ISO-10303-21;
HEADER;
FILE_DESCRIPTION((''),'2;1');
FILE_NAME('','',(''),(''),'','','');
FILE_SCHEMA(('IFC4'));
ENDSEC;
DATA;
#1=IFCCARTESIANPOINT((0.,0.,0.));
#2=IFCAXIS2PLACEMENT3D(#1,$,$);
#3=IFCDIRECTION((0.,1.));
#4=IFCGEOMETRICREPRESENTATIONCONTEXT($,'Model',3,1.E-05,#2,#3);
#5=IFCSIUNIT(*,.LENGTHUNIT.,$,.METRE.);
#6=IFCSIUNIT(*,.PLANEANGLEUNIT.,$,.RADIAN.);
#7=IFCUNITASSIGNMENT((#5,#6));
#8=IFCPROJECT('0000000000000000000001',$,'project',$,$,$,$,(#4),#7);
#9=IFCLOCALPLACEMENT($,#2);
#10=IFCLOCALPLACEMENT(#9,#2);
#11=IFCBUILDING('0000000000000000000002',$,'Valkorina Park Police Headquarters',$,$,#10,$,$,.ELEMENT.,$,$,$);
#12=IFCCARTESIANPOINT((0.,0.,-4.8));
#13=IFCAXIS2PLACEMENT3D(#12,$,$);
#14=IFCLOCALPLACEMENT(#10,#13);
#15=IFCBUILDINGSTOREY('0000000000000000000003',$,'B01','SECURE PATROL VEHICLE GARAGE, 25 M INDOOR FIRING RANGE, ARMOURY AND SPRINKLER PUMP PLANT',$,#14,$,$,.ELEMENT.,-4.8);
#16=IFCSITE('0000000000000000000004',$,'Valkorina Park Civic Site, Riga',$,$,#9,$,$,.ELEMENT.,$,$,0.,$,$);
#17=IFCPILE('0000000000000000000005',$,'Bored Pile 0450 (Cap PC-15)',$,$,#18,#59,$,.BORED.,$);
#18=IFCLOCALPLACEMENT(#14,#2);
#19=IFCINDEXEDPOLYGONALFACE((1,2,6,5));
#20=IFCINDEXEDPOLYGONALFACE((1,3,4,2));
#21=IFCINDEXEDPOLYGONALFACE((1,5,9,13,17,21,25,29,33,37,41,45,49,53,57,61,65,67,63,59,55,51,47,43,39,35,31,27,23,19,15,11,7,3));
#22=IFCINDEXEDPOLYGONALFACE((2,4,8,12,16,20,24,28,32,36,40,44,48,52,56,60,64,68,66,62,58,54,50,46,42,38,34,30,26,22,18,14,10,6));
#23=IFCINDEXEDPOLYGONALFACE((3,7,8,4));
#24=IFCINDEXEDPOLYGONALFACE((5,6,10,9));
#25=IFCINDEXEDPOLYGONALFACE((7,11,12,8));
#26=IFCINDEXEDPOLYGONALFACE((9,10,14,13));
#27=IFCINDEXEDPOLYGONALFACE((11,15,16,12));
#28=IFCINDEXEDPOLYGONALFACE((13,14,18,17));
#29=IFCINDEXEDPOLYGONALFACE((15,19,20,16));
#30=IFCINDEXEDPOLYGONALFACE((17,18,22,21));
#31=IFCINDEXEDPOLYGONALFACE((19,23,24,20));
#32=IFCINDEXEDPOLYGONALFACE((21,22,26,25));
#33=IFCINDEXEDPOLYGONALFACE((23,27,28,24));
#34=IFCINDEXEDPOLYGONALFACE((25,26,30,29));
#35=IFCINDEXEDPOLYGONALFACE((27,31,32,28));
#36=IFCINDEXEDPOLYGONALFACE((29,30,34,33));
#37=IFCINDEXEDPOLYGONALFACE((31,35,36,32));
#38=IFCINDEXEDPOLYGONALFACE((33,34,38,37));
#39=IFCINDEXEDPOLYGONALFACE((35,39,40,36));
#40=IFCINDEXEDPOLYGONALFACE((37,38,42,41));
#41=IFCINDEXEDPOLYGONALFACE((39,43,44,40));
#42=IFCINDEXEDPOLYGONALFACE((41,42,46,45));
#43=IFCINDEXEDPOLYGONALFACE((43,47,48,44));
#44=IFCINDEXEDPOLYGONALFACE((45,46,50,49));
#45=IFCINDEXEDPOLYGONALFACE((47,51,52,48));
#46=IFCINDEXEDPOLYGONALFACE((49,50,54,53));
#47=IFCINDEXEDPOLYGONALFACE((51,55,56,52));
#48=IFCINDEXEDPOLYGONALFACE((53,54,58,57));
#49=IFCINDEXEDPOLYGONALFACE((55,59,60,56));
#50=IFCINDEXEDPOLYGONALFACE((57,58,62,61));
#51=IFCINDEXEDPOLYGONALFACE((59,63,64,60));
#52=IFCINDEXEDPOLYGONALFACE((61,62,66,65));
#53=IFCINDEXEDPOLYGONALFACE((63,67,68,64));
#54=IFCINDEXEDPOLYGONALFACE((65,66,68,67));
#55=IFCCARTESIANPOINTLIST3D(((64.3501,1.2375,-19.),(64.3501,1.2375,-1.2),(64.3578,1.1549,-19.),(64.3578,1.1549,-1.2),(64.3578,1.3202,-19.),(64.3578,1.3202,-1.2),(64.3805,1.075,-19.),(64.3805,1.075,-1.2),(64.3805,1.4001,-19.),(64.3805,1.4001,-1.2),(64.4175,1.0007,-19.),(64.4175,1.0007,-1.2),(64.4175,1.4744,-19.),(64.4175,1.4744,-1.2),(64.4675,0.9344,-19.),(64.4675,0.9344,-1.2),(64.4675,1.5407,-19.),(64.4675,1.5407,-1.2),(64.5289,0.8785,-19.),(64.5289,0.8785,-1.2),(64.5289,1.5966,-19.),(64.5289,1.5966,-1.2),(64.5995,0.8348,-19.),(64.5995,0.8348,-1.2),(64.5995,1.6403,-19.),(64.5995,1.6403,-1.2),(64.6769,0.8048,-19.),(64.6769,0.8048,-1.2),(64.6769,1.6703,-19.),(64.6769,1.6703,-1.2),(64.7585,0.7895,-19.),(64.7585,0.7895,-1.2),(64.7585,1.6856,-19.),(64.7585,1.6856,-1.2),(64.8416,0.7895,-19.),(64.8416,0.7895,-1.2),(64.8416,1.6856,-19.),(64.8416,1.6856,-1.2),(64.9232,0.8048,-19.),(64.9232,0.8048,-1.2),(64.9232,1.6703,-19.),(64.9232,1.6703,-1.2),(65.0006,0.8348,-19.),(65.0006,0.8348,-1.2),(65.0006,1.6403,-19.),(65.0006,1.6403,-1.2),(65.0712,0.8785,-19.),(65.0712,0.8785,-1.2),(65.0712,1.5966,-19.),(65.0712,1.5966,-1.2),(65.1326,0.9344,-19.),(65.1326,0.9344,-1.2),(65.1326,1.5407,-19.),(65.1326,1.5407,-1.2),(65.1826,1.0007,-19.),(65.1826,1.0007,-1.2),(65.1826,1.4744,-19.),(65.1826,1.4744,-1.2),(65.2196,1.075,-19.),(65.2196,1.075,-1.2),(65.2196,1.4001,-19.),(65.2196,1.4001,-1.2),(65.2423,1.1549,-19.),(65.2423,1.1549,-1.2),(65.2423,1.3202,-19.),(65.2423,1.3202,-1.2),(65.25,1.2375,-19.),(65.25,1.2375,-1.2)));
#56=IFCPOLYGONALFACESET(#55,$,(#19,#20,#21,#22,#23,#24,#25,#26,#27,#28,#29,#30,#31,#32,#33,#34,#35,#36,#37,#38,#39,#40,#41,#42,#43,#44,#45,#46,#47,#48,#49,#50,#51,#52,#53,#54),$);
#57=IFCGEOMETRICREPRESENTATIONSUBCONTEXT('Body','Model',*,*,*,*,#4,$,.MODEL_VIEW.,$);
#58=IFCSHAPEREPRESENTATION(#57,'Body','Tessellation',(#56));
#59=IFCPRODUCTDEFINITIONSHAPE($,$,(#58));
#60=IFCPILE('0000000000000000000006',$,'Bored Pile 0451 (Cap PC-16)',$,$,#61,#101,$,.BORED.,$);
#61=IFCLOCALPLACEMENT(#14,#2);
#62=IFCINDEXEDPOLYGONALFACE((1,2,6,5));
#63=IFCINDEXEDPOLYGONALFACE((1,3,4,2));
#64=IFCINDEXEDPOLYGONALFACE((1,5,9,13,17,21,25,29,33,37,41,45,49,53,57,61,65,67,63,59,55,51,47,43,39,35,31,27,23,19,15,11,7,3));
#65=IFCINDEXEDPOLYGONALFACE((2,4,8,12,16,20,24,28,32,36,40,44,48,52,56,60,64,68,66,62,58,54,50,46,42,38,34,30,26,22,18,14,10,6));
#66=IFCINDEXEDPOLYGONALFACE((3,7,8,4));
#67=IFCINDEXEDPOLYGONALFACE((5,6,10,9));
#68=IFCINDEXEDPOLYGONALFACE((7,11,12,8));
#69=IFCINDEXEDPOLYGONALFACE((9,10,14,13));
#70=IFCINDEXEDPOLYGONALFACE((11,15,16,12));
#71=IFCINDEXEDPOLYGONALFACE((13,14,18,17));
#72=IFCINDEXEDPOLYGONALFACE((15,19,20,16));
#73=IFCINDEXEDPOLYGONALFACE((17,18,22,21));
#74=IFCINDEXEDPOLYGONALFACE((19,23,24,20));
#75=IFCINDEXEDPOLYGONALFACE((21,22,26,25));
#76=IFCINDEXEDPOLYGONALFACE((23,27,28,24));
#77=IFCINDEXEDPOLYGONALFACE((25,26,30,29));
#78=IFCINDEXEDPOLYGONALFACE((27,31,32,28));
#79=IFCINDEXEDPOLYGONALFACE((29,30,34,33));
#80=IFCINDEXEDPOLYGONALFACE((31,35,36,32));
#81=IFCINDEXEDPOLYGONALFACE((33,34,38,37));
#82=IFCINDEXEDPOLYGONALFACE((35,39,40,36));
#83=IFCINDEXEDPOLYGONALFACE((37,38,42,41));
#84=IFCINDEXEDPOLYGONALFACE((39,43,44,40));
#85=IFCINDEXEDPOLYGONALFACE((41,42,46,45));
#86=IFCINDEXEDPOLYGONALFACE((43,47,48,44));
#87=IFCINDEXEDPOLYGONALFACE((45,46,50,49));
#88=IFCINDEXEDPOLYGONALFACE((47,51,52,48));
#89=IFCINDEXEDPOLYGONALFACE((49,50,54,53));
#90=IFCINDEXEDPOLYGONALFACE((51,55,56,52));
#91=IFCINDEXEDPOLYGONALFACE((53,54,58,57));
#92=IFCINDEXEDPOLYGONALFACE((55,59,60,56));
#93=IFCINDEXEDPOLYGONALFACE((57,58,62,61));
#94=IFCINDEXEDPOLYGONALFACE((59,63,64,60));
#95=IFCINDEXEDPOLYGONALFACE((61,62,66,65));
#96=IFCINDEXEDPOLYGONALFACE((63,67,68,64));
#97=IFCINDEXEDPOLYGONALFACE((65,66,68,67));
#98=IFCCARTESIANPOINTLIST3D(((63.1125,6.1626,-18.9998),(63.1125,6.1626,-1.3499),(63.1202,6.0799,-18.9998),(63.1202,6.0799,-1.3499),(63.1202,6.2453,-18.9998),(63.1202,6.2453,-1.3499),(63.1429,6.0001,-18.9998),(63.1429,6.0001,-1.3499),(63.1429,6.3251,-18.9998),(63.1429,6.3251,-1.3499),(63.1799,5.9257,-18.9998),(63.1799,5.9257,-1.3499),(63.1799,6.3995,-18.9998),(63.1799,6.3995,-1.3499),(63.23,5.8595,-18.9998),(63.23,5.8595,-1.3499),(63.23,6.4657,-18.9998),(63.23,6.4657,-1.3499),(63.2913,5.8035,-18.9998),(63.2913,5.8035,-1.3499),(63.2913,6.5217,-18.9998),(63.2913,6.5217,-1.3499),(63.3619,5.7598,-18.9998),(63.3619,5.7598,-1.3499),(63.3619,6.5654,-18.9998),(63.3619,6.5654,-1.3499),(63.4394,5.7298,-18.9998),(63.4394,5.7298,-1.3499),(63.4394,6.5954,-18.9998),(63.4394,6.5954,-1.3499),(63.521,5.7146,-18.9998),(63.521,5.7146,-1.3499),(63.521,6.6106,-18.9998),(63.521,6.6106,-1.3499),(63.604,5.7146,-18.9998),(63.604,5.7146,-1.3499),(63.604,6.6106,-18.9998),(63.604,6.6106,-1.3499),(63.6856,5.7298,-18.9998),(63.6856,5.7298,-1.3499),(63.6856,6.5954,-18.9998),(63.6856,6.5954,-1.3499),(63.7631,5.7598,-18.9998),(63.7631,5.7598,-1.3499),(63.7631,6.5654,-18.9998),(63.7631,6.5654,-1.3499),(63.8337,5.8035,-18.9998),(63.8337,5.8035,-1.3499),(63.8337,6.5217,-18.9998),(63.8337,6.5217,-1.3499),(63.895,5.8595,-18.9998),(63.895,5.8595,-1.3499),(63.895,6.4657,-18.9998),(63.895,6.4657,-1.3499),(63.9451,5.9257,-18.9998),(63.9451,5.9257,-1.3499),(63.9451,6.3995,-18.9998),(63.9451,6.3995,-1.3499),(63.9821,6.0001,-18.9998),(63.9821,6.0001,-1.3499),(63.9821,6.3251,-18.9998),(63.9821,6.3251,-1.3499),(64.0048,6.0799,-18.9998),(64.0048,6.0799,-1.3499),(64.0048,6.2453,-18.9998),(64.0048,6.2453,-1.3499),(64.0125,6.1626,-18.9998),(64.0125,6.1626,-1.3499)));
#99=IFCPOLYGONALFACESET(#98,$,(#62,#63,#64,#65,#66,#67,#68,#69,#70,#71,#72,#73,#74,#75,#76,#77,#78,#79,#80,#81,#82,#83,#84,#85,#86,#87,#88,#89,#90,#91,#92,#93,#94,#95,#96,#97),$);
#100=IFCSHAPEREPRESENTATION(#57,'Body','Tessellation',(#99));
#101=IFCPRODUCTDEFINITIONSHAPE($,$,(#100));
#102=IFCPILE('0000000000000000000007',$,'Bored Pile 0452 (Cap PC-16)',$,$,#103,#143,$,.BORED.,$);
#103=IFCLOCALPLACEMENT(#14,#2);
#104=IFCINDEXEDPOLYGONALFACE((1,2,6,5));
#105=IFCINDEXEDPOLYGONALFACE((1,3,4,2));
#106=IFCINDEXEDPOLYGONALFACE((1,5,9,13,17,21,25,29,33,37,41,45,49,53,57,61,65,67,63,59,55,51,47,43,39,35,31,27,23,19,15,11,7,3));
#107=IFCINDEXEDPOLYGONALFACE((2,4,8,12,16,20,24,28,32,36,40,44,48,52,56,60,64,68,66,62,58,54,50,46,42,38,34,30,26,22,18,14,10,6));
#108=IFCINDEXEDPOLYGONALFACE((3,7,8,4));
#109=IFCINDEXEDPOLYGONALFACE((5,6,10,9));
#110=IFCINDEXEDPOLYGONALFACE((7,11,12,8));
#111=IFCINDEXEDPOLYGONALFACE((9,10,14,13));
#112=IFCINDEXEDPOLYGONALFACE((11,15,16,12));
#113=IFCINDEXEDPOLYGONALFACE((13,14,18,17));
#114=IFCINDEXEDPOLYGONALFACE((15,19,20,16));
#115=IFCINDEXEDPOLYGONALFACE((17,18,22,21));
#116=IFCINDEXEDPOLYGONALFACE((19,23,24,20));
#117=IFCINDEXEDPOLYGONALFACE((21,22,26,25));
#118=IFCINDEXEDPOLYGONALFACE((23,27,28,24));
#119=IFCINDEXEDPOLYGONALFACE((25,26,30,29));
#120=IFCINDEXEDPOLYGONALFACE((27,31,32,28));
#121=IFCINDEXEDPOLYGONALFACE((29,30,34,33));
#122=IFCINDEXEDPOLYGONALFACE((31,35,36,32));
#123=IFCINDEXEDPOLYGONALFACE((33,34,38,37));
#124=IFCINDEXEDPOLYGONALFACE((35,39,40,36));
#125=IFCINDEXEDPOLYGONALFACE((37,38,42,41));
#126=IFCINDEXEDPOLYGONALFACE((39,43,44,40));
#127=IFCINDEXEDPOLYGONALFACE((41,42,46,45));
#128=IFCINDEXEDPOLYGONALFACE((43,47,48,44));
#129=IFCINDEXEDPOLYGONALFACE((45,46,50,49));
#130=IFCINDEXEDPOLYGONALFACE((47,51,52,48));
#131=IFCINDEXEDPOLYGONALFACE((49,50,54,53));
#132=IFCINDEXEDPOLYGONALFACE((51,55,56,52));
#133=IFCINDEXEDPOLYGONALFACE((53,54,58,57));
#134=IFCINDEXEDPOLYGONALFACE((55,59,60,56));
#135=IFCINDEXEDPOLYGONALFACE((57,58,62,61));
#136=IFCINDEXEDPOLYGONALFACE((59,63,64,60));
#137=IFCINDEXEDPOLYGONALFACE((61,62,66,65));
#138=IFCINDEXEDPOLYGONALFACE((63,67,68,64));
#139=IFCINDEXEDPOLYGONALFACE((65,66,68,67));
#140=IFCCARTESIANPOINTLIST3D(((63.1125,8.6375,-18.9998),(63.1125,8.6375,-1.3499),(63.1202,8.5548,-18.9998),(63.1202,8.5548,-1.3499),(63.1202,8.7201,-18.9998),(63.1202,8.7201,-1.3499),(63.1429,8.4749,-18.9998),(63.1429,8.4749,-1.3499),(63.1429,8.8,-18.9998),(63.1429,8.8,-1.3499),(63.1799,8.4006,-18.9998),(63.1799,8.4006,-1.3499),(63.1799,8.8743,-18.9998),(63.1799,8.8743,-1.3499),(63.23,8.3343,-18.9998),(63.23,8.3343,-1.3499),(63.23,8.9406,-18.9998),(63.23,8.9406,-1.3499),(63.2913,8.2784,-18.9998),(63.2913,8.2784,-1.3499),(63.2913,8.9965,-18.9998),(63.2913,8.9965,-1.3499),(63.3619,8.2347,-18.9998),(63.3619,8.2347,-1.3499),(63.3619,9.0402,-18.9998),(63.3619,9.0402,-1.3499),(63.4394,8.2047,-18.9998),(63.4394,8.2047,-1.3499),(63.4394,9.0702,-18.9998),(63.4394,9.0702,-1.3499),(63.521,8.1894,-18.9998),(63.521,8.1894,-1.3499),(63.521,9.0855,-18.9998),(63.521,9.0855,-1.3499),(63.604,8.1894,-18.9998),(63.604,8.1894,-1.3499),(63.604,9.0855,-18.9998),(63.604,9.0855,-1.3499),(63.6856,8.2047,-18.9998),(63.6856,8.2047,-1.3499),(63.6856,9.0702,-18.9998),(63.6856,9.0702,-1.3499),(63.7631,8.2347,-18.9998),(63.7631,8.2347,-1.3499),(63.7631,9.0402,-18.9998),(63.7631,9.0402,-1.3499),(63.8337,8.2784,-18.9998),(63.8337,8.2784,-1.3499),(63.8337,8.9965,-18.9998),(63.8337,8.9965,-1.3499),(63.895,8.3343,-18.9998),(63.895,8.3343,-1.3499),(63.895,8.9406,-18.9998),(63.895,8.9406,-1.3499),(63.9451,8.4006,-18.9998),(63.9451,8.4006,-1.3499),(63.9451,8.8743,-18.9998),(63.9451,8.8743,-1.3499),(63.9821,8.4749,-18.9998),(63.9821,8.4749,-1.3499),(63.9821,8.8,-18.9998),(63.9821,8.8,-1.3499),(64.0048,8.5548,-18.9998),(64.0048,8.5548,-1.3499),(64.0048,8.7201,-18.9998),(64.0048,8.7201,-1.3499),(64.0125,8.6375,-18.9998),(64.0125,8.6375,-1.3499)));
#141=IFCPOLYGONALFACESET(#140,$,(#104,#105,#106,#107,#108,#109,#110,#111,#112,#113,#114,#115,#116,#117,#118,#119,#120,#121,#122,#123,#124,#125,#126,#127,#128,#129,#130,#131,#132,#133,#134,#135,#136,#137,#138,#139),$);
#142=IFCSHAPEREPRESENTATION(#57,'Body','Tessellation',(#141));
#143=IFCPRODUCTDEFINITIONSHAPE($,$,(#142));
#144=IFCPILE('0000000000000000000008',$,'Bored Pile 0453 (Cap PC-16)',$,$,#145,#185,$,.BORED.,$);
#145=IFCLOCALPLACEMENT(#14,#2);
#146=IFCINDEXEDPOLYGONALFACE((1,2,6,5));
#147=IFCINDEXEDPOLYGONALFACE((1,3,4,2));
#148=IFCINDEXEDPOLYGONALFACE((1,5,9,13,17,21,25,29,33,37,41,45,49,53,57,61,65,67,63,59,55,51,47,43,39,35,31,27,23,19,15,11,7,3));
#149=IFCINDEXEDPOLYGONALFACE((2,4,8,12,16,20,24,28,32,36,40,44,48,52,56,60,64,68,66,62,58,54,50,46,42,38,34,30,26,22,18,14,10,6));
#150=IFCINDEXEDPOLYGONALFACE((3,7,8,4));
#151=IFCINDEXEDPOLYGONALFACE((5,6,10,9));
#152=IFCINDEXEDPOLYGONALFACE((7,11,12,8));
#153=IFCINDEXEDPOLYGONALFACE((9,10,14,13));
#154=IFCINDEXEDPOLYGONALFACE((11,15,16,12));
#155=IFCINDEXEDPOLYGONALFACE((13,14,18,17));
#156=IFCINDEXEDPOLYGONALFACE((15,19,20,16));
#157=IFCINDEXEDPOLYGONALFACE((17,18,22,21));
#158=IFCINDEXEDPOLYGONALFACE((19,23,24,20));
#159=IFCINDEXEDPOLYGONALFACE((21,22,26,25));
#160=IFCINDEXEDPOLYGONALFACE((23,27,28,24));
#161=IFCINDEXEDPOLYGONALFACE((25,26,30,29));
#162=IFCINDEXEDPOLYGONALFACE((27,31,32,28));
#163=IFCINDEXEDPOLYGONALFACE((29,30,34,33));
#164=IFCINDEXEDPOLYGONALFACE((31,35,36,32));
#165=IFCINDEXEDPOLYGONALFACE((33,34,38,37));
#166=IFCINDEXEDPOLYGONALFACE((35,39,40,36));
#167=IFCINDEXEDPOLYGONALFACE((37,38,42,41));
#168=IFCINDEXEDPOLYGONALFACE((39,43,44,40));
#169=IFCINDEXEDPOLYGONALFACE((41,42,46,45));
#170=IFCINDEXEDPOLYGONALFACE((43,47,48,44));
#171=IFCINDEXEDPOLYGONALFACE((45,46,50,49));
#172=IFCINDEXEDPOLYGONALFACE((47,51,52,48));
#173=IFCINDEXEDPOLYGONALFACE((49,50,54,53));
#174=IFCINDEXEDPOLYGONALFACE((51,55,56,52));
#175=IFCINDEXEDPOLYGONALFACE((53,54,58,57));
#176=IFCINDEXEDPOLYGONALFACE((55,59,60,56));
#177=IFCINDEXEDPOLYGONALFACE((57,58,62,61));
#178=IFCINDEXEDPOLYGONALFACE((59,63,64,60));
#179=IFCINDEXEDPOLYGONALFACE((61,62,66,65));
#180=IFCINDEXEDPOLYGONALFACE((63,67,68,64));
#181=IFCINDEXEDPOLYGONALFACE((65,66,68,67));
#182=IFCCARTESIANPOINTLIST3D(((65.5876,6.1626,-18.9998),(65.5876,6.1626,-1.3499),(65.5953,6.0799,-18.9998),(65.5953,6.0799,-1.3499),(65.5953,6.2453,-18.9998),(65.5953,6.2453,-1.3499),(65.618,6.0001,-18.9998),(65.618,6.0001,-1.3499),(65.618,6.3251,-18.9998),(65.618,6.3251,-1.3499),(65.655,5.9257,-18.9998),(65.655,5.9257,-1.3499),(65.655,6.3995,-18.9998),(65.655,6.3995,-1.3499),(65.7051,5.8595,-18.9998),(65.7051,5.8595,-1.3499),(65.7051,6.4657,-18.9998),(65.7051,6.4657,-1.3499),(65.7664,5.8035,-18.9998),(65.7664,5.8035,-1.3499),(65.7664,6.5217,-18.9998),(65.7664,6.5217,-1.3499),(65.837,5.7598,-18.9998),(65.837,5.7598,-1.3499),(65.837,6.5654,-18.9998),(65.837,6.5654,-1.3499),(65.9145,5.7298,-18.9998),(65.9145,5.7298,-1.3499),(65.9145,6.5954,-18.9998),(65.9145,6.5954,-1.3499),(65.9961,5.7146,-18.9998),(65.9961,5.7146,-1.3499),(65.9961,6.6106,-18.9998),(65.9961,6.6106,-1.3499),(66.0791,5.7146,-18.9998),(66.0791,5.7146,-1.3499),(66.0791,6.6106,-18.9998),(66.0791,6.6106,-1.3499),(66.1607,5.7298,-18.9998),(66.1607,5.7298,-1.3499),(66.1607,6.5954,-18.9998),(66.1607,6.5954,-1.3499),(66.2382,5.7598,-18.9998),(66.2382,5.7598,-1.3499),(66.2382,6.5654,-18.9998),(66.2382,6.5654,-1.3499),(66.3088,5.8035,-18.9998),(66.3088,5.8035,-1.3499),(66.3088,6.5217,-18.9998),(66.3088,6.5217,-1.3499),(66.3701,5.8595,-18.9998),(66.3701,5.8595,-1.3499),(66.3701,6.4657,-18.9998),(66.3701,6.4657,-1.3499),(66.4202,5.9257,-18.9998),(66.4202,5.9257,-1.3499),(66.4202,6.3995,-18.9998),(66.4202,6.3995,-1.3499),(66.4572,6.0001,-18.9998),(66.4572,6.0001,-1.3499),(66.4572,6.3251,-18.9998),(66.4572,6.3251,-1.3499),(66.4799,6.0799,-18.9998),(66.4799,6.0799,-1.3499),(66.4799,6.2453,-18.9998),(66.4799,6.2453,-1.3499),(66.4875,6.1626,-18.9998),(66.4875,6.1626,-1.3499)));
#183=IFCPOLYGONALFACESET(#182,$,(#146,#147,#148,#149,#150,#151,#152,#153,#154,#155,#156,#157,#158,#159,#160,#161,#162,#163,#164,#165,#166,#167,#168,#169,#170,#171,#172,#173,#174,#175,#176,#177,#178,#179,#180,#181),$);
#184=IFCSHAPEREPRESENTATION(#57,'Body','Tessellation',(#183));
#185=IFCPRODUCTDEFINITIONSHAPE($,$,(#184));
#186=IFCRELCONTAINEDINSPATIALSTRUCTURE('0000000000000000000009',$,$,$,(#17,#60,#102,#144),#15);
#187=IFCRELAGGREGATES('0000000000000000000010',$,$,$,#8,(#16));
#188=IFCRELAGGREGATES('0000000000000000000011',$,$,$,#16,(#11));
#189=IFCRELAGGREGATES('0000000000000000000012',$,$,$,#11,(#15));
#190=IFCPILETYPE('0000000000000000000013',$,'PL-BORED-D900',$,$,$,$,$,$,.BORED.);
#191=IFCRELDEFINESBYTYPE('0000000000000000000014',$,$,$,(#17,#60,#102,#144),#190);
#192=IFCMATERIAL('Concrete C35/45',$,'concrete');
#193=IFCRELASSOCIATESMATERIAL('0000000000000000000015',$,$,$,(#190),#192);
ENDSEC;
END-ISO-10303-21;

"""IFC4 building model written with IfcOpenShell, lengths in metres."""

from ifc_helpers import new_model, si_unit, direction, frame, origin, origin_2d, place, context, subcontext, project, spatial, circle, extrude, material, material_profile, profile_set, type_object, element, save


model = new_model("IFC4")

# Units and contexts
model_context = context("Model", 3, precision=1e-05, world=origin(), true_north=direction((0.0, 1.0)))
body_context = subcontext(model_context, "Body", "Model", "MODEL_VIEW")
ifc_project = project(units=[si_unit("LENGTHUNIT", "METRE"), si_unit("PLANEANGLEUNIT", "RADIAN")], contexts=[model_context])

# Site, building, storey
site_placement = place(None, origin())
site = spatial("IfcSite", under=ifc_project, at=site_placement, Name="Valkorina Park Civic Site, Riga", CompositionType="ELEMENT", RefElevation=0.0)
building_placement = place(site_placement, origin())
building = spatial("IfcBuilding", under=site, at=building_placement, Name="Valkorina Park Police Headquarters", CompositionType="ELEMENT")
storey_placement = place(building_placement, frame((0.0, 0.0, -4.8)))
storey = spatial("IfcBuildingStorey", under=building, at=storey_placement, Name="B01", Description="SECURE PATROL VEHICLE GARAGE, 25 M INDOOR FIRING RANGE, ARMOURY AND SPRINKLER PUMP PLANT", CompositionType="ELEMENT", Elevation=-4.8)

# Piles
ifc_material_1 = material(Name="Concrete C35/45", Category="concrete")
ifc_material_profile_1 = material_profile(ifc_material_1, circle(Radius=0.45, at=origin_2d()), Name="BORED PILE D900")
ifc_profile_set_1 = profile_set([ifc_material_profile_1], Name="Concrete C35/45")
pile_type_1 = type_object("IfcPileType", Name="PL-BORED-D900", PredefinedType="BORED", material=ifc_profile_set_1)
for number, where, z_axis, x_axis, name in (
    (1, (64.8, 1.2375, -1.2), (0.0, 0.0, -1.0), (1.0, 0.0, 0.0), "Bored Pile 0450 (Cap PC-15)"),
):
    element("IfcPile", number, at=place(storey_placement, frame(where, z_axis=z_axis, x_axis=x_axis)), inside=storey, type_object=pile_type_1, Name=name, PredefinedType="BORED", context=body_context, shape_type="SweptSolid", body=[
        extrude(circle(Radius=0.45, at=origin_2d()), origin(), (0.0, 0.0, 1.0), 17.8),
    ])
for number, where, z_axis, x_axis, name in (
    (2, (63.5625, 6.1626, -1.3499), (0.0, 0.0, -1.0), (1.0, 0.0, 0.0), "Bored Pile 0451 (Cap PC-16)"),
    (3, (63.5625, 8.6375, -1.3499), (0.0, 0.0, -1.0), (1.0, 0.0, 0.0), "Bored Pile 0452 (Cap PC-16)"),
    (4, (66.0376, 6.1626, -1.3499), (0.0, 0.0, -1.0), (1.0, 0.0, 0.0), "Bored Pile 0453 (Cap PC-16)"),
):
    element("IfcPile", number, at=place(storey_placement, frame(where, z_axis=z_axis, x_axis=x_axis)), inside=storey, type_object=pile_type_1, Name=name, PredefinedType="BORED", context=body_context, shape_type="SweptSolid", body=[
        extrude(circle(Radius=0.45, at=origin_2d()), origin(), (0.0, 0.0, 1.0), 17.6499),
    ])

save(model, "model.ifc")
